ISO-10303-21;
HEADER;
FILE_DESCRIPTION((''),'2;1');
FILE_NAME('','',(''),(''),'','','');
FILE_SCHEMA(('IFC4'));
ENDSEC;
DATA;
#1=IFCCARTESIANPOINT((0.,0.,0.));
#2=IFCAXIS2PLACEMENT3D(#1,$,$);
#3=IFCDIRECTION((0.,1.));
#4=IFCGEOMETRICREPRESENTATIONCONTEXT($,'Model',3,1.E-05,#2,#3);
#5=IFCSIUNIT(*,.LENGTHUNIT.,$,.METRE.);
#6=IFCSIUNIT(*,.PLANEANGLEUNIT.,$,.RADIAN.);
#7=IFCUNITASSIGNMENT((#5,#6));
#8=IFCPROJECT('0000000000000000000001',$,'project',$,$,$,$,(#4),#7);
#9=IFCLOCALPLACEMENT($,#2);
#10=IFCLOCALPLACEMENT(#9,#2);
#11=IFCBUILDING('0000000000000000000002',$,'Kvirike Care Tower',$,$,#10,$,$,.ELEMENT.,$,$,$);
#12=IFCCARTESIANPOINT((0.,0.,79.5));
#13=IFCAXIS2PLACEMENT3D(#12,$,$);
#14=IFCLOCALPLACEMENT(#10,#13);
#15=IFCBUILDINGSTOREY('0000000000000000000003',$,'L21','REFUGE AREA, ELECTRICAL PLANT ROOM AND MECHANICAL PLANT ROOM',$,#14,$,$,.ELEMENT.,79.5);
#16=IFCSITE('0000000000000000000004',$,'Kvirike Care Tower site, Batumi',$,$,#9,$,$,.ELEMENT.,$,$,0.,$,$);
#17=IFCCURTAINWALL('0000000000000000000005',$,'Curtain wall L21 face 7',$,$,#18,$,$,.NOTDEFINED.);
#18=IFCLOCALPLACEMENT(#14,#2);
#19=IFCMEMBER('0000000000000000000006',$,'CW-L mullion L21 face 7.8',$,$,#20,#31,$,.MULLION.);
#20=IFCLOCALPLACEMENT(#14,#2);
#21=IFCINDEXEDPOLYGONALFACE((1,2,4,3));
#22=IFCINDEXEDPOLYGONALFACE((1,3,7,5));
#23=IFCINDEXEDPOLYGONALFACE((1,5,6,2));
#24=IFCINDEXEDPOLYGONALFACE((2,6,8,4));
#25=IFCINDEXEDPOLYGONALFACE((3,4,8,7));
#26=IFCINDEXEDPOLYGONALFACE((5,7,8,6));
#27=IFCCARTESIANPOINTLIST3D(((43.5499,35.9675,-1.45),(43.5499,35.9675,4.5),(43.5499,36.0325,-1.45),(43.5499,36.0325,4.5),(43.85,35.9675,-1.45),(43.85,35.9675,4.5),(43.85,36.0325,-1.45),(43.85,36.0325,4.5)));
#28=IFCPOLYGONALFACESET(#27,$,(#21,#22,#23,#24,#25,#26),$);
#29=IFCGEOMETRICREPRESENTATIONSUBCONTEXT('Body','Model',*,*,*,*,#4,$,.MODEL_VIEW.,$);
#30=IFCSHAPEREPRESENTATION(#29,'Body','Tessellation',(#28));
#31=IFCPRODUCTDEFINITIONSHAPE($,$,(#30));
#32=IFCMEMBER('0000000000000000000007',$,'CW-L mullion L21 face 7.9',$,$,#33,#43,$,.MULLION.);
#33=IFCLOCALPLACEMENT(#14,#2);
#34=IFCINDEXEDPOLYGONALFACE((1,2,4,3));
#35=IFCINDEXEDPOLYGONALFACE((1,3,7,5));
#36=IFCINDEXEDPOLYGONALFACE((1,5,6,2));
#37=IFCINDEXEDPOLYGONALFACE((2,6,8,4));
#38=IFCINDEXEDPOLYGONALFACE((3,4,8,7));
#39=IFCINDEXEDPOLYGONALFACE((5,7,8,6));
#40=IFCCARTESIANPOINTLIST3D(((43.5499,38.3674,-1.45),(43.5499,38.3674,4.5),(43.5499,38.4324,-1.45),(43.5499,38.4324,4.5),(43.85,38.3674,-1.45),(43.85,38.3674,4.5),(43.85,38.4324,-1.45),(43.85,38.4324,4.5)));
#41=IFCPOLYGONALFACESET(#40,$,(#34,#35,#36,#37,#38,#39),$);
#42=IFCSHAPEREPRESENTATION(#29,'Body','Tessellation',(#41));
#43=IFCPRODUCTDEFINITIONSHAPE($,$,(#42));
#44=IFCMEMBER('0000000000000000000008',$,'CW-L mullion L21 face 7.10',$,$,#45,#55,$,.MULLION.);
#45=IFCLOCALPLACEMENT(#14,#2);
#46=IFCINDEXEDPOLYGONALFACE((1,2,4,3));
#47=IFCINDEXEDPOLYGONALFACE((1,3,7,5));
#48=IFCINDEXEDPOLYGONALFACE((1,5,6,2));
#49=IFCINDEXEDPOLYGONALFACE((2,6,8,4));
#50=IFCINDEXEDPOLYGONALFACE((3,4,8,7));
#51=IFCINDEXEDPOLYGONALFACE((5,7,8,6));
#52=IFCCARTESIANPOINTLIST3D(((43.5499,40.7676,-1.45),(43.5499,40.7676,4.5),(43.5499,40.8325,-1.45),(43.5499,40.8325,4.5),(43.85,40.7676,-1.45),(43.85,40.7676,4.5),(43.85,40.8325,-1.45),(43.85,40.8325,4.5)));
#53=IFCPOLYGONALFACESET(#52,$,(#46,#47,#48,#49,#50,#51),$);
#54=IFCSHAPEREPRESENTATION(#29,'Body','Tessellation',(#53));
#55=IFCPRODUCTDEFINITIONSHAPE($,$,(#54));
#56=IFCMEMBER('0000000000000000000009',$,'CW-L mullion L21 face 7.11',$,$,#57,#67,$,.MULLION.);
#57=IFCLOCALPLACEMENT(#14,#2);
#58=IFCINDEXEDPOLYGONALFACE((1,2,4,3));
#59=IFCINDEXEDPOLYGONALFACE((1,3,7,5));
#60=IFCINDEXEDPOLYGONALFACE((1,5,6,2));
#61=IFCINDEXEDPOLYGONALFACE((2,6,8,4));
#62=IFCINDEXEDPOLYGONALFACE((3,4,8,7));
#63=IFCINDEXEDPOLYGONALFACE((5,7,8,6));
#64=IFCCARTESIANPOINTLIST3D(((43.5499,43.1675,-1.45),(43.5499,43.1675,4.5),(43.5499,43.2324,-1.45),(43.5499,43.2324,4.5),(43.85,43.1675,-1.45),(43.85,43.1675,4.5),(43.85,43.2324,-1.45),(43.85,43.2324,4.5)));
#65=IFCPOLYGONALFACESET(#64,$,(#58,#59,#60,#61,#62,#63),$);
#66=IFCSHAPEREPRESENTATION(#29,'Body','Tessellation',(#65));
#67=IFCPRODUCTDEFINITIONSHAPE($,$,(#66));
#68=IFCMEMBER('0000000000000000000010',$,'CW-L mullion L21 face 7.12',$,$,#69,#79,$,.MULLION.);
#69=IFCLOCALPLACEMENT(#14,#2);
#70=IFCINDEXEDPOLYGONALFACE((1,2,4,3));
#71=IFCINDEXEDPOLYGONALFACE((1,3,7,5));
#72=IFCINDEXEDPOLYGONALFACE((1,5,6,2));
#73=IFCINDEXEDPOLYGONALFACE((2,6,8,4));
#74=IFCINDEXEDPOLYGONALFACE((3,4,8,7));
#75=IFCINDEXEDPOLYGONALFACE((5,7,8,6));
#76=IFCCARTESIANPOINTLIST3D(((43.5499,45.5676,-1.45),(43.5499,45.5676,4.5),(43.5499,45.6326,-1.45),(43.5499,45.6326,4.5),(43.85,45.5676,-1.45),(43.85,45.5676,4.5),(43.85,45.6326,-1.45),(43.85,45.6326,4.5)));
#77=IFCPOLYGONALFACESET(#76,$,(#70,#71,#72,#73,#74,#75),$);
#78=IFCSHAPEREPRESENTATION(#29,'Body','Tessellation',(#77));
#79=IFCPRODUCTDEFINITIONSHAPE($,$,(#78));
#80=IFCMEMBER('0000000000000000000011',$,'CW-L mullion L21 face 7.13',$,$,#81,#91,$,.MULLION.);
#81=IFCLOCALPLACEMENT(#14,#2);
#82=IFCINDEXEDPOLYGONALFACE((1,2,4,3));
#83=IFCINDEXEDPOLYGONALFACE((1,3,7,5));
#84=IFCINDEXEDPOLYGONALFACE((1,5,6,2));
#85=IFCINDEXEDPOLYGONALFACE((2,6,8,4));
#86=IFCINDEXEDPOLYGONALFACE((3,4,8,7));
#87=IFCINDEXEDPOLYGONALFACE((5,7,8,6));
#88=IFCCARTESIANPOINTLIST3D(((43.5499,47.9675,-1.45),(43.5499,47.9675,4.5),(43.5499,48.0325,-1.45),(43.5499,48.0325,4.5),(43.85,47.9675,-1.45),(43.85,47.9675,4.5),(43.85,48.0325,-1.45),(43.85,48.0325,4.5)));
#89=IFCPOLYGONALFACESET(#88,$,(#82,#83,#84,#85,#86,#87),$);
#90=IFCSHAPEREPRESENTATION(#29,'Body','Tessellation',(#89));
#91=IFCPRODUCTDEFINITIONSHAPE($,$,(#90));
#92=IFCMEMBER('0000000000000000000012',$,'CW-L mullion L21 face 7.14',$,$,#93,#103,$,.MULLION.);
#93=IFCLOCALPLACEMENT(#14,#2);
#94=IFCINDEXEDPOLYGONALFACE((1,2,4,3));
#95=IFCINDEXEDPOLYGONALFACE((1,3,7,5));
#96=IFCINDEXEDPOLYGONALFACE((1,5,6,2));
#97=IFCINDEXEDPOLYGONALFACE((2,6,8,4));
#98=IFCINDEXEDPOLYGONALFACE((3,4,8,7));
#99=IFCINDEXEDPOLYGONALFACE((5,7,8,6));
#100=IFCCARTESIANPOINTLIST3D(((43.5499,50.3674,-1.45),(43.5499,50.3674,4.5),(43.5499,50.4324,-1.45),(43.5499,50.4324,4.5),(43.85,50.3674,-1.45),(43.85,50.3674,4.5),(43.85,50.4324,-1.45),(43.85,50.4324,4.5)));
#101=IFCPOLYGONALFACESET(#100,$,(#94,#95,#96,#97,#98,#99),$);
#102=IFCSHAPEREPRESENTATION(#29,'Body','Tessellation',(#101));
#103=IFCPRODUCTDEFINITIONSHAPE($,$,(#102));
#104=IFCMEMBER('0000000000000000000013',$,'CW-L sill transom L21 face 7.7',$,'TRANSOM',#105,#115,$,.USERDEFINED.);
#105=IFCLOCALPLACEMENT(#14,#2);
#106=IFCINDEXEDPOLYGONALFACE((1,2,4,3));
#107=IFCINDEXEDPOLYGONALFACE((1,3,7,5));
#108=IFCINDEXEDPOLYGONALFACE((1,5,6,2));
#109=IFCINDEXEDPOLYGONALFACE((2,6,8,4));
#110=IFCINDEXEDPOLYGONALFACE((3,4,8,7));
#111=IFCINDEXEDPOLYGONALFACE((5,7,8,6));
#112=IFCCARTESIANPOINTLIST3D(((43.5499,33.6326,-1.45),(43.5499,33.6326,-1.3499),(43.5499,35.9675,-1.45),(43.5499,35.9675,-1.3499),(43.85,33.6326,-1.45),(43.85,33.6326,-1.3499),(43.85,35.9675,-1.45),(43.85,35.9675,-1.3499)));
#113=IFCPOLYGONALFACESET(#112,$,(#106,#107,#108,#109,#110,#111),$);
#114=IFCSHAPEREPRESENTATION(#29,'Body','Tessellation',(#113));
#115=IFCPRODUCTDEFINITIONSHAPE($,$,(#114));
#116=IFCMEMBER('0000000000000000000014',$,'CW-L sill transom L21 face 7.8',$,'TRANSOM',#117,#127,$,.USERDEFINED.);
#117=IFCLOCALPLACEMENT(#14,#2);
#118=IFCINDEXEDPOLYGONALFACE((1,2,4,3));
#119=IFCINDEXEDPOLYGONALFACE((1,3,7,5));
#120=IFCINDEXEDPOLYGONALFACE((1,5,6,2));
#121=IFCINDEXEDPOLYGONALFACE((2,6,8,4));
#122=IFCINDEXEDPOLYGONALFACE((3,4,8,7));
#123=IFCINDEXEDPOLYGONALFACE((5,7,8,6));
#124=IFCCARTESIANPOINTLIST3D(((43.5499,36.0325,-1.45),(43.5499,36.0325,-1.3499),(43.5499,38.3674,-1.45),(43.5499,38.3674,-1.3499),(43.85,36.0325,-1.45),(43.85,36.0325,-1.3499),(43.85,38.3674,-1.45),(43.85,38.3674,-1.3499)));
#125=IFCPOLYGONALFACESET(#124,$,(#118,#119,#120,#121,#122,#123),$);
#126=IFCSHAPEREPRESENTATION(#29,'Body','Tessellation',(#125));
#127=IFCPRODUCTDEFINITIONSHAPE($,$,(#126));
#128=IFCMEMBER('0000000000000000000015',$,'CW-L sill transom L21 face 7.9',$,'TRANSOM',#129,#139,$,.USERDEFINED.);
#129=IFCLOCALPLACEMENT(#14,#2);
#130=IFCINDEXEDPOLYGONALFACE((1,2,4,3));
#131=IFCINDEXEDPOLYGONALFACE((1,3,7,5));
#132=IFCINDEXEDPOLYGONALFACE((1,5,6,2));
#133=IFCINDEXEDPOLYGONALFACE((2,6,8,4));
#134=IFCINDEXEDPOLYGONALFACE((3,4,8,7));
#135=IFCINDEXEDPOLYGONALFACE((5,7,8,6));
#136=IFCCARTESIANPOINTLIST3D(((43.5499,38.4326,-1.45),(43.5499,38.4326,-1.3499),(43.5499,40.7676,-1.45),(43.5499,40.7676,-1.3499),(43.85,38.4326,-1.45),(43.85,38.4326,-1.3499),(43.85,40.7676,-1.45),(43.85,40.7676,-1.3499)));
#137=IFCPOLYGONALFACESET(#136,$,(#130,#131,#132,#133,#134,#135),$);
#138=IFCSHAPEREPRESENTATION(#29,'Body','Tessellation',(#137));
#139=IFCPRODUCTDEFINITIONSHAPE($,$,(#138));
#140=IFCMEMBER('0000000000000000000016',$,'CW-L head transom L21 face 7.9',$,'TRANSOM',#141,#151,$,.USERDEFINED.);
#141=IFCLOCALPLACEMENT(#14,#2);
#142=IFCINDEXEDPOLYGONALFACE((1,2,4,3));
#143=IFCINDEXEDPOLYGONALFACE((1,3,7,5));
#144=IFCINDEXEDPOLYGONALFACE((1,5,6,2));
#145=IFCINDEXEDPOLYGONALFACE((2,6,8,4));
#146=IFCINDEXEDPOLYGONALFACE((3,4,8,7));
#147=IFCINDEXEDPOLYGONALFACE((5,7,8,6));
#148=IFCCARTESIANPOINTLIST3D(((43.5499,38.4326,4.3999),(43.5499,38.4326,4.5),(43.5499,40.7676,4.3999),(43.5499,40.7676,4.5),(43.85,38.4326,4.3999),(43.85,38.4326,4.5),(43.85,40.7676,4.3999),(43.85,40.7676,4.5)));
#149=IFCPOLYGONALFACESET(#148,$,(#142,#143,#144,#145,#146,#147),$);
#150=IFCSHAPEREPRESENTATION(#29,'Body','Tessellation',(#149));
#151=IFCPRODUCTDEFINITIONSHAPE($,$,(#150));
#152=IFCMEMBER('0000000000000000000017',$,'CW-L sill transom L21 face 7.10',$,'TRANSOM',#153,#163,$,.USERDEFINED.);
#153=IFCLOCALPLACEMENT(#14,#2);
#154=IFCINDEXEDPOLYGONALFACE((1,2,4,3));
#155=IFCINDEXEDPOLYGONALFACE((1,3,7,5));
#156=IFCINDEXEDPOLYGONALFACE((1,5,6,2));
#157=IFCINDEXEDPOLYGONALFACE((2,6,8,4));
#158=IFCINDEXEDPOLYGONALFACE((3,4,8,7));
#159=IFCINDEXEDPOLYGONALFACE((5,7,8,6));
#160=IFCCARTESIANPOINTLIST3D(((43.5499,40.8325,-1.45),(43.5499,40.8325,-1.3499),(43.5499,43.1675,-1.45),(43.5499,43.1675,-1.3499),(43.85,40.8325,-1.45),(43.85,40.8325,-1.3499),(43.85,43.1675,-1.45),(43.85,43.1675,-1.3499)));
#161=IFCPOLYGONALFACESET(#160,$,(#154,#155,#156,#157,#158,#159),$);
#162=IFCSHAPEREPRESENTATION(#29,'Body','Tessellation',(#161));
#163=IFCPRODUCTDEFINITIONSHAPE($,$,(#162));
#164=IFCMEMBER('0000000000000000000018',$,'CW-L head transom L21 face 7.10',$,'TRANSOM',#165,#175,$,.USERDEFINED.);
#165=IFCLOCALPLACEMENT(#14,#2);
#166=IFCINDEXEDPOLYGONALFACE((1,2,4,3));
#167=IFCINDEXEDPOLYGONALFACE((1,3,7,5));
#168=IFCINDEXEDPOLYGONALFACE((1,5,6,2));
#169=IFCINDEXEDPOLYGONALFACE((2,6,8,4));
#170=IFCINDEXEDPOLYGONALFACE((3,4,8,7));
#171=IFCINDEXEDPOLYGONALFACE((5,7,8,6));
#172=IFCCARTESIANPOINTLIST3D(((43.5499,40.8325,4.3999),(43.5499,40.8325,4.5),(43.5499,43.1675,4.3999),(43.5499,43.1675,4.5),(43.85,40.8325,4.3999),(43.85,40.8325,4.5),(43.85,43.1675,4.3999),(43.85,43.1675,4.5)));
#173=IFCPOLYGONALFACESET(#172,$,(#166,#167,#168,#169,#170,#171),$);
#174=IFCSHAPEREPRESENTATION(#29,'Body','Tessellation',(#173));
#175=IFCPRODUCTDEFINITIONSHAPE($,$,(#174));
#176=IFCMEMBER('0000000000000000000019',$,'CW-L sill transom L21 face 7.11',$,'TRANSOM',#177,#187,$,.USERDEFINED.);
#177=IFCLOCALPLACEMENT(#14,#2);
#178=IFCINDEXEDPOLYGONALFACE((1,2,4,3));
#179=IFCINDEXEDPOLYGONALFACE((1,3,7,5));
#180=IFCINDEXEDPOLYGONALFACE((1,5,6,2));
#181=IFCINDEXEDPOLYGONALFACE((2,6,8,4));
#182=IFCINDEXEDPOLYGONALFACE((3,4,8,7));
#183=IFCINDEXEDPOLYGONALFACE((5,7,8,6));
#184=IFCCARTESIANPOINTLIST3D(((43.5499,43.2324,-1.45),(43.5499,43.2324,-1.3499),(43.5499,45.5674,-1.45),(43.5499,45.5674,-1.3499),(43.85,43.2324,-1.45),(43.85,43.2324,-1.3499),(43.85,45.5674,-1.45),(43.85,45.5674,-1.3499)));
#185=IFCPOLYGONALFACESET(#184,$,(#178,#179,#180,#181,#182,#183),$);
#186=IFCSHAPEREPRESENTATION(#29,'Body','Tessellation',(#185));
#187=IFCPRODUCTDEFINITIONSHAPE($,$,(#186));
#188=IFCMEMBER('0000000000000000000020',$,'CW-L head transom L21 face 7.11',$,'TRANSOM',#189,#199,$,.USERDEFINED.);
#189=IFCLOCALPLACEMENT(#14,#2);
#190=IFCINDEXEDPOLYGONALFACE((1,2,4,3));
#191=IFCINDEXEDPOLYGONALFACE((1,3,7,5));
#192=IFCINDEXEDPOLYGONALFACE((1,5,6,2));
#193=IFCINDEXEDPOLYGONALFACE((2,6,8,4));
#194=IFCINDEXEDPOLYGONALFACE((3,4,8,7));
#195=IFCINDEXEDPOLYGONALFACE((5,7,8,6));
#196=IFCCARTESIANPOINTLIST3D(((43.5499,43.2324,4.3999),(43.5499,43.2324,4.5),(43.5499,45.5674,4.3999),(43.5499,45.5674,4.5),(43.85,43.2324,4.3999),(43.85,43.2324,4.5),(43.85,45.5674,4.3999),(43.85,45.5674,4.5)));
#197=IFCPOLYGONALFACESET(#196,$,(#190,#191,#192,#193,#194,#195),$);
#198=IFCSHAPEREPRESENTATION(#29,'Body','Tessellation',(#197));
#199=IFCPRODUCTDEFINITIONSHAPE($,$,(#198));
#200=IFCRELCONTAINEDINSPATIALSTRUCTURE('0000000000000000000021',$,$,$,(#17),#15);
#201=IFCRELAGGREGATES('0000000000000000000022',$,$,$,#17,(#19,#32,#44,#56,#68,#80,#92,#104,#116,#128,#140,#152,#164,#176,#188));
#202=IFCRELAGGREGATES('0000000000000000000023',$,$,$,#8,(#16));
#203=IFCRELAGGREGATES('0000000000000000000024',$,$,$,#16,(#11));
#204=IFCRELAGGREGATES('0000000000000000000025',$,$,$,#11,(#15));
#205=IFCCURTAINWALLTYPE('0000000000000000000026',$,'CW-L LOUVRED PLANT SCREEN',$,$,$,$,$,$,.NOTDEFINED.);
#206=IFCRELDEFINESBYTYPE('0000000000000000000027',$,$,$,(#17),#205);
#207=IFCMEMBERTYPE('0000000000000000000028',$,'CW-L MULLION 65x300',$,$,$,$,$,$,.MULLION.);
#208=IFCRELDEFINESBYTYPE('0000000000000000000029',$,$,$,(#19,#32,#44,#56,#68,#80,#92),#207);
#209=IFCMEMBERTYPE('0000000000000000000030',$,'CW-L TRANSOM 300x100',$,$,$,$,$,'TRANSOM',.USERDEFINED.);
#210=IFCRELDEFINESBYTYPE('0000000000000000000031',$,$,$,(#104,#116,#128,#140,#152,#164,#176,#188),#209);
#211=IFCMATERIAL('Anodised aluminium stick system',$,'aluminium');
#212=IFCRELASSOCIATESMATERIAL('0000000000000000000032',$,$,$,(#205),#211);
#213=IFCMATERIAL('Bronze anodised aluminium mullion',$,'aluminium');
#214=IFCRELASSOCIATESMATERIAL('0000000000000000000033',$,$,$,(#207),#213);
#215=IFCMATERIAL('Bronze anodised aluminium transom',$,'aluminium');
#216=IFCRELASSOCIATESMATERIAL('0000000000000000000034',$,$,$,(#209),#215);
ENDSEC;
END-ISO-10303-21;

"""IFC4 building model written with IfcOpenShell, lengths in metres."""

from ifc_helpers import new_model, si_unit, direction, frame, origin, origin_2d, place, context, subcontext, project, spatial, rectangle, extrude, material, material_profile, profile_set, type_object, element, aggregate, save


model = new_model("IFC4")

# Units and contexts
model_context = context("Model", 3, precision=1e-05, world=origin(), true_north=direction((0.0, 1.0)))
body_context = subcontext(model_context, "Body", "Model", "MODEL_VIEW")
ifc_project = project(units=[si_unit("LENGTHUNIT", "METRE"), si_unit("PLANEANGLEUNIT", "RADIAN")], contexts=[model_context])

# Site, building, storey
site_placement = place(None, origin())
site = spatial("IfcSite", under=ifc_project, at=site_placement, Name="Kvirike Care Tower site, Batumi", CompositionType="ELEMENT", RefElevation=0.0)
building_placement = place(site_placement, origin())
building = spatial("IfcBuilding", under=site, at=building_placement, Name="Kvirike Care Tower", CompositionType="ELEMENT")
storey_placement = place(building_placement, frame((0.0, 0.0, 79.5)))
storey = spatial("IfcBuildingStorey", under=building, at=storey_placement, Name="L21", Description="REFUGE AREA, ELECTRICAL PLANT ROOM AND MECHANICAL PLANT ROOM", CompositionType="ELEMENT", Elevation=79.5)

# Curtain wall, members
ifc_material_1 = material(Name="Anodised aluminium stick system", Category="aluminium")
curtain_wall_type = type_object("IfcCurtainWallType", Name="CW-L LOUVRED PLANT SCREEN", PredefinedType="NOTDEFINED", material=ifc_material_1)
curtain_wall_placement = place(storey_placement, origin())
curtain_wall = element("IfcCurtainWall", 1, at=curtain_wall_placement, inside=storey, type_object=curtain_wall_type, Name="Curtain wall L21 face 7", PredefinedType="NOTDEFINED")
ifc_material_2 = material(Name="Bronze anodised aluminium mullion", Category="aluminium")
ifc_material_profile_1 = material_profile(ifc_material_2, rectangle(XDim=0.0649, YDim=0.3, at=origin_2d()), Name="CW-L MULLION 65x300")
ifc_profile_set_1 = profile_set([ifc_material_profile_1], Name="Bronze anodised aluminium mullion")
member_type_1 = type_object("IfcMemberType", Name="CW-L MULLION 65x300", PredefinedType="MULLION", material=ifc_profile_set_1)
member_1_placement = place(storey_placement, frame((43.7, 36.0, -1.45), z_axis=(0.0, 0.0, 1.0), x_axis=(0.0, 1.0, 0.0)))
member_1 = element("IfcMember", 2, at=member_1_placement, type_object=member_type_1, Name="CW-L mullion L21 face 7.8", PredefinedType="MULLION", context=body_context, shape_type="SweptSolid", body=[
    extrude(rectangle(XDim=0.0649, YDim=0.3, at=origin_2d()), origin(), (0.0, 0.0, 1.0), 5.95),
])
member_2_placement = place(storey_placement, frame((43.7, 38.3999, -1.45), z_axis=(0.0, 0.0, 1.0), x_axis=(0.0, 1.0, 0.0)))
member_2 = element("IfcMember", 3, at=member_2_placement, type_object=member_type_1, Name="CW-L mullion L21 face 7.9", PredefinedType="MULLION", context=body_context, shape_type="SweptSolid", body=[
    extrude(rectangle(XDim=0.0649, YDim=0.3, at=origin_2d()), origin(), (0.0, 0.0, 1.0), 5.95),
])
member_3_placement = place(storey_placement, frame((43.7, 40.8, -1.45), z_axis=(0.0, 0.0, 1.0), x_axis=(0.0, 1.0, 0.0)))
member_3 = element("IfcMember", 4, at=member_3_placement, type_object=member_type_1, Name="CW-L mullion L21 face 7.10", PredefinedType="MULLION", context=body_context, shape_type="SweptSolid", body=[
    extrude(rectangle(XDim=0.0649, YDim=0.3, at=origin_2d()), origin(), (0.0, 0.0, 1.0), 5.95),
])
member_4_placement = place(storey_placement, frame((43.7, 43.2, -1.45), z_axis=(0.0, 0.0, 1.0), x_axis=(0.0, 1.0, 0.0)))
member_4 = element("IfcMember", 5, at=member_4_placement, type_object=member_type_1, Name="CW-L mullion L21 face 7.11", PredefinedType="MULLION", context=body_context, shape_type="SweptSolid", body=[
    extrude(rectangle(XDim=0.0649, YDim=0.3, at=origin_2d()), origin(), (0.0, 0.0, 1.0), 5.95),
])
member_5_placement = place(storey_placement, frame((43.7, 45.6001, -1.45), z_axis=(0.0, 0.0, 1.0), x_axis=(0.0, 1.0, 0.0)))
member_5 = element("IfcMember", 6, at=member_5_placement, type_object=member_type_1, Name="CW-L mullion L21 face 7.12", PredefinedType="MULLION", context=body_context, shape_type="SweptSolid", body=[
    extrude(rectangle(XDim=0.0649, YDim=0.3, at=origin_2d()), origin(), (0.0, 0.0, 1.0), 5.95),
])
member_6_placement = place(storey_placement, frame((43.7, 48.0, -1.45), z_axis=(0.0, 0.0, 1.0), x_axis=(0.0, 1.0, 0.0)))
member_6 = element("IfcMember", 7, at=member_6_placement, type_object=member_type_1, Name="CW-L mullion L21 face 7.13", PredefinedType="MULLION", context=body_context, shape_type="SweptSolid", body=[
    extrude(rectangle(XDim=0.0649, YDim=0.3, at=origin_2d()), origin(), (0.0, 0.0, 1.0), 5.95),
])
member_7_placement = place(storey_placement, frame((43.7, 50.3999, -1.45), z_axis=(0.0, 0.0, 1.0), x_axis=(0.0, 1.0, 0.0)))
member_7 = element("IfcMember", 8, at=member_7_placement, type_object=member_type_1, Name="CW-L mullion L21 face 7.14", PredefinedType="MULLION", context=body_context, shape_type="SweptSolid", body=[
    extrude(rectangle(XDim=0.0649, YDim=0.3, at=origin_2d()), origin(), (0.0, 0.0, 1.0), 5.95),
])
ifc_material_3 = material(Name="Bronze anodised aluminium transom", Category="aluminium")
ifc_material_profile_2 = material_profile(ifc_material_3, rectangle(XDim=0.3, YDim=0.1001, at=origin_2d()), Name="CW-L TRANSOM 300x100")
ifc_profile_set_2 = profile_set([ifc_material_profile_2], Name="Bronze anodised aluminium transom")
member_type_2 = type_object("IfcMemberType", Name="CW-L TRANSOM 300x100", ElementType="TRANSOM", PredefinedType="USERDEFINED", material=ifc_profile_set_2)
member_8_placement = place(storey_placement, frame((43.7, 33.6326, -1.3999), z_axis=(0.0, 1.0, 0.0), x_axis=(-1.0, 0.0, 0.0)))
member_8 = element("IfcMember", 9, at=member_8_placement, type_object=member_type_2, Name="CW-L sill transom L21 face 7.7", ObjectType="TRANSOM", PredefinedType="USERDEFINED", context=body_context, shape_type="SweptSolid", body=[
    extrude(rectangle(XDim=0.3, YDim=0.1001, at=origin_2d()), origin(), (0.0, 0.0, 1.0), 2.335),
])
member_9_placement = place(storey_placement, frame((43.7, 36.0325, -1.3999), z_axis=(0.0, 1.0, 0.0), x_axis=(-1.0, 0.0, 0.0)))
member_9 = element("IfcMember", 10, at=member_9_placement, type_object=member_type_2, Name="CW-L sill transom L21 face 7.8", ObjectType="TRANSOM", PredefinedType="USERDEFINED", context=body_context, shape_type="SweptSolid", body=[
    extrude(rectangle(XDim=0.3, YDim=0.1001, at=origin_2d()), origin(), (0.0, 0.0, 1.0), 2.335),
])
member_10_placement = place(storey_placement, frame((43.7, 38.4326, -1.3999), z_axis=(0.0, 1.0, 0.0), x_axis=(-1.0, 0.0, 0.0)))
member_10 = element("IfcMember", 11, at=member_10_placement, type_object=member_type_2, Name="CW-L sill transom L21 face 7.9", ObjectType="TRANSOM", PredefinedType="USERDEFINED", context=body_context, shape_type="SweptSolid", body=[
    extrude(rectangle(XDim=0.3, YDim=0.1001, at=origin_2d()), origin(), (0.0, 0.0, 1.0), 2.335),
])
member_11_placement = place(storey_placement, frame((43.7, 38.4326, 4.45), z_axis=(0.0, 1.0, 0.0), x_axis=(-1.0, 0.0, 0.0)))
member_11 = element("IfcMember", 12, at=member_11_placement, type_object=member_type_2, Name="CW-L head transom L21 face 7.9", ObjectType="TRANSOM", PredefinedType="USERDEFINED", context=body_context, shape_type="SweptSolid", body=[
    extrude(rectangle(XDim=0.3, YDim=0.1001, at=origin_2d()), origin(), (0.0, 0.0, 1.0), 2.335),
])
member_12_placement = place(storey_placement, frame((43.7, 40.8325, -1.3999), z_axis=(0.0, 1.0, 0.0), x_axis=(-1.0, 0.0, 0.0)))
member_12 = element("IfcMember", 13, at=member_12_placement, type_object=member_type_2, Name="CW-L sill transom L21 face 7.10", ObjectType="TRANSOM", PredefinedType="USERDEFINED", context=body_context, shape_type="SweptSolid", body=[
    extrude(rectangle(XDim=0.3, YDim=0.1001, at=origin_2d()), origin(), (0.0, 0.0, 1.0), 2.335),
])
member_13_placement = place(storey_placement, frame((43.7, 40.8325, 4.45), z_axis=(0.0, 1.0, 0.0), x_axis=(-1.0, 0.0, 0.0)))
member_13 = element("IfcMember", 14, at=member_13_placement, type_object=member_type_2, Name="CW-L head transom L21 face 7.10", ObjectType="TRANSOM", PredefinedType="USERDEFINED", context=body_context, shape_type="SweptSolid", body=[
    extrude(rectangle(XDim=0.3, YDim=0.1001, at=origin_2d()), origin(), (0.0, 0.0, 1.0), 2.335),
])
member_14_placement = place(storey_placement, frame((43.7, 43.2324, -1.3999), z_axis=(0.0, 1.0, 0.0), x_axis=(-1.0, 0.0, 0.0)))
member_14 = element("IfcMember", 15, at=member_14_placement, type_object=member_type_2, Name="CW-L sill transom L21 face 7.11", ObjectType="TRANSOM", PredefinedType="USERDEFINED", context=body_context, shape_type="SweptSolid", body=[
    extrude(rectangle(XDim=0.3, YDim=0.1001, at=origin_2d()), origin(), (0.0, 0.0, 1.0), 2.335),
])
member_15_placement = place(storey_placement, frame((43.7, 43.2324, 4.45), z_axis=(0.0, 1.0, 0.0), x_axis=(-1.0, 0.0, 0.0)))
member_15 = element("IfcMember", 16, at=member_15_placement, type_object=member_type_2, Name="CW-L head transom L21 face 7.11", ObjectType="TRANSOM", PredefinedType="USERDEFINED", context=body_context, shape_type="SweptSolid", body=[
    extrude(rectangle(XDim=0.3, YDim=0.1001, at=origin_2d()), origin(), (0.0, 0.0, 1.0), 2.335),
])

aggregate(curtain_wall, [member_1, member_2, member_3, member_4, member_5, member_6, member_7, member_8, member_9, member_10, member_11, member_12, member_13, member_14, member_15])

save(model, "model.ifc")
